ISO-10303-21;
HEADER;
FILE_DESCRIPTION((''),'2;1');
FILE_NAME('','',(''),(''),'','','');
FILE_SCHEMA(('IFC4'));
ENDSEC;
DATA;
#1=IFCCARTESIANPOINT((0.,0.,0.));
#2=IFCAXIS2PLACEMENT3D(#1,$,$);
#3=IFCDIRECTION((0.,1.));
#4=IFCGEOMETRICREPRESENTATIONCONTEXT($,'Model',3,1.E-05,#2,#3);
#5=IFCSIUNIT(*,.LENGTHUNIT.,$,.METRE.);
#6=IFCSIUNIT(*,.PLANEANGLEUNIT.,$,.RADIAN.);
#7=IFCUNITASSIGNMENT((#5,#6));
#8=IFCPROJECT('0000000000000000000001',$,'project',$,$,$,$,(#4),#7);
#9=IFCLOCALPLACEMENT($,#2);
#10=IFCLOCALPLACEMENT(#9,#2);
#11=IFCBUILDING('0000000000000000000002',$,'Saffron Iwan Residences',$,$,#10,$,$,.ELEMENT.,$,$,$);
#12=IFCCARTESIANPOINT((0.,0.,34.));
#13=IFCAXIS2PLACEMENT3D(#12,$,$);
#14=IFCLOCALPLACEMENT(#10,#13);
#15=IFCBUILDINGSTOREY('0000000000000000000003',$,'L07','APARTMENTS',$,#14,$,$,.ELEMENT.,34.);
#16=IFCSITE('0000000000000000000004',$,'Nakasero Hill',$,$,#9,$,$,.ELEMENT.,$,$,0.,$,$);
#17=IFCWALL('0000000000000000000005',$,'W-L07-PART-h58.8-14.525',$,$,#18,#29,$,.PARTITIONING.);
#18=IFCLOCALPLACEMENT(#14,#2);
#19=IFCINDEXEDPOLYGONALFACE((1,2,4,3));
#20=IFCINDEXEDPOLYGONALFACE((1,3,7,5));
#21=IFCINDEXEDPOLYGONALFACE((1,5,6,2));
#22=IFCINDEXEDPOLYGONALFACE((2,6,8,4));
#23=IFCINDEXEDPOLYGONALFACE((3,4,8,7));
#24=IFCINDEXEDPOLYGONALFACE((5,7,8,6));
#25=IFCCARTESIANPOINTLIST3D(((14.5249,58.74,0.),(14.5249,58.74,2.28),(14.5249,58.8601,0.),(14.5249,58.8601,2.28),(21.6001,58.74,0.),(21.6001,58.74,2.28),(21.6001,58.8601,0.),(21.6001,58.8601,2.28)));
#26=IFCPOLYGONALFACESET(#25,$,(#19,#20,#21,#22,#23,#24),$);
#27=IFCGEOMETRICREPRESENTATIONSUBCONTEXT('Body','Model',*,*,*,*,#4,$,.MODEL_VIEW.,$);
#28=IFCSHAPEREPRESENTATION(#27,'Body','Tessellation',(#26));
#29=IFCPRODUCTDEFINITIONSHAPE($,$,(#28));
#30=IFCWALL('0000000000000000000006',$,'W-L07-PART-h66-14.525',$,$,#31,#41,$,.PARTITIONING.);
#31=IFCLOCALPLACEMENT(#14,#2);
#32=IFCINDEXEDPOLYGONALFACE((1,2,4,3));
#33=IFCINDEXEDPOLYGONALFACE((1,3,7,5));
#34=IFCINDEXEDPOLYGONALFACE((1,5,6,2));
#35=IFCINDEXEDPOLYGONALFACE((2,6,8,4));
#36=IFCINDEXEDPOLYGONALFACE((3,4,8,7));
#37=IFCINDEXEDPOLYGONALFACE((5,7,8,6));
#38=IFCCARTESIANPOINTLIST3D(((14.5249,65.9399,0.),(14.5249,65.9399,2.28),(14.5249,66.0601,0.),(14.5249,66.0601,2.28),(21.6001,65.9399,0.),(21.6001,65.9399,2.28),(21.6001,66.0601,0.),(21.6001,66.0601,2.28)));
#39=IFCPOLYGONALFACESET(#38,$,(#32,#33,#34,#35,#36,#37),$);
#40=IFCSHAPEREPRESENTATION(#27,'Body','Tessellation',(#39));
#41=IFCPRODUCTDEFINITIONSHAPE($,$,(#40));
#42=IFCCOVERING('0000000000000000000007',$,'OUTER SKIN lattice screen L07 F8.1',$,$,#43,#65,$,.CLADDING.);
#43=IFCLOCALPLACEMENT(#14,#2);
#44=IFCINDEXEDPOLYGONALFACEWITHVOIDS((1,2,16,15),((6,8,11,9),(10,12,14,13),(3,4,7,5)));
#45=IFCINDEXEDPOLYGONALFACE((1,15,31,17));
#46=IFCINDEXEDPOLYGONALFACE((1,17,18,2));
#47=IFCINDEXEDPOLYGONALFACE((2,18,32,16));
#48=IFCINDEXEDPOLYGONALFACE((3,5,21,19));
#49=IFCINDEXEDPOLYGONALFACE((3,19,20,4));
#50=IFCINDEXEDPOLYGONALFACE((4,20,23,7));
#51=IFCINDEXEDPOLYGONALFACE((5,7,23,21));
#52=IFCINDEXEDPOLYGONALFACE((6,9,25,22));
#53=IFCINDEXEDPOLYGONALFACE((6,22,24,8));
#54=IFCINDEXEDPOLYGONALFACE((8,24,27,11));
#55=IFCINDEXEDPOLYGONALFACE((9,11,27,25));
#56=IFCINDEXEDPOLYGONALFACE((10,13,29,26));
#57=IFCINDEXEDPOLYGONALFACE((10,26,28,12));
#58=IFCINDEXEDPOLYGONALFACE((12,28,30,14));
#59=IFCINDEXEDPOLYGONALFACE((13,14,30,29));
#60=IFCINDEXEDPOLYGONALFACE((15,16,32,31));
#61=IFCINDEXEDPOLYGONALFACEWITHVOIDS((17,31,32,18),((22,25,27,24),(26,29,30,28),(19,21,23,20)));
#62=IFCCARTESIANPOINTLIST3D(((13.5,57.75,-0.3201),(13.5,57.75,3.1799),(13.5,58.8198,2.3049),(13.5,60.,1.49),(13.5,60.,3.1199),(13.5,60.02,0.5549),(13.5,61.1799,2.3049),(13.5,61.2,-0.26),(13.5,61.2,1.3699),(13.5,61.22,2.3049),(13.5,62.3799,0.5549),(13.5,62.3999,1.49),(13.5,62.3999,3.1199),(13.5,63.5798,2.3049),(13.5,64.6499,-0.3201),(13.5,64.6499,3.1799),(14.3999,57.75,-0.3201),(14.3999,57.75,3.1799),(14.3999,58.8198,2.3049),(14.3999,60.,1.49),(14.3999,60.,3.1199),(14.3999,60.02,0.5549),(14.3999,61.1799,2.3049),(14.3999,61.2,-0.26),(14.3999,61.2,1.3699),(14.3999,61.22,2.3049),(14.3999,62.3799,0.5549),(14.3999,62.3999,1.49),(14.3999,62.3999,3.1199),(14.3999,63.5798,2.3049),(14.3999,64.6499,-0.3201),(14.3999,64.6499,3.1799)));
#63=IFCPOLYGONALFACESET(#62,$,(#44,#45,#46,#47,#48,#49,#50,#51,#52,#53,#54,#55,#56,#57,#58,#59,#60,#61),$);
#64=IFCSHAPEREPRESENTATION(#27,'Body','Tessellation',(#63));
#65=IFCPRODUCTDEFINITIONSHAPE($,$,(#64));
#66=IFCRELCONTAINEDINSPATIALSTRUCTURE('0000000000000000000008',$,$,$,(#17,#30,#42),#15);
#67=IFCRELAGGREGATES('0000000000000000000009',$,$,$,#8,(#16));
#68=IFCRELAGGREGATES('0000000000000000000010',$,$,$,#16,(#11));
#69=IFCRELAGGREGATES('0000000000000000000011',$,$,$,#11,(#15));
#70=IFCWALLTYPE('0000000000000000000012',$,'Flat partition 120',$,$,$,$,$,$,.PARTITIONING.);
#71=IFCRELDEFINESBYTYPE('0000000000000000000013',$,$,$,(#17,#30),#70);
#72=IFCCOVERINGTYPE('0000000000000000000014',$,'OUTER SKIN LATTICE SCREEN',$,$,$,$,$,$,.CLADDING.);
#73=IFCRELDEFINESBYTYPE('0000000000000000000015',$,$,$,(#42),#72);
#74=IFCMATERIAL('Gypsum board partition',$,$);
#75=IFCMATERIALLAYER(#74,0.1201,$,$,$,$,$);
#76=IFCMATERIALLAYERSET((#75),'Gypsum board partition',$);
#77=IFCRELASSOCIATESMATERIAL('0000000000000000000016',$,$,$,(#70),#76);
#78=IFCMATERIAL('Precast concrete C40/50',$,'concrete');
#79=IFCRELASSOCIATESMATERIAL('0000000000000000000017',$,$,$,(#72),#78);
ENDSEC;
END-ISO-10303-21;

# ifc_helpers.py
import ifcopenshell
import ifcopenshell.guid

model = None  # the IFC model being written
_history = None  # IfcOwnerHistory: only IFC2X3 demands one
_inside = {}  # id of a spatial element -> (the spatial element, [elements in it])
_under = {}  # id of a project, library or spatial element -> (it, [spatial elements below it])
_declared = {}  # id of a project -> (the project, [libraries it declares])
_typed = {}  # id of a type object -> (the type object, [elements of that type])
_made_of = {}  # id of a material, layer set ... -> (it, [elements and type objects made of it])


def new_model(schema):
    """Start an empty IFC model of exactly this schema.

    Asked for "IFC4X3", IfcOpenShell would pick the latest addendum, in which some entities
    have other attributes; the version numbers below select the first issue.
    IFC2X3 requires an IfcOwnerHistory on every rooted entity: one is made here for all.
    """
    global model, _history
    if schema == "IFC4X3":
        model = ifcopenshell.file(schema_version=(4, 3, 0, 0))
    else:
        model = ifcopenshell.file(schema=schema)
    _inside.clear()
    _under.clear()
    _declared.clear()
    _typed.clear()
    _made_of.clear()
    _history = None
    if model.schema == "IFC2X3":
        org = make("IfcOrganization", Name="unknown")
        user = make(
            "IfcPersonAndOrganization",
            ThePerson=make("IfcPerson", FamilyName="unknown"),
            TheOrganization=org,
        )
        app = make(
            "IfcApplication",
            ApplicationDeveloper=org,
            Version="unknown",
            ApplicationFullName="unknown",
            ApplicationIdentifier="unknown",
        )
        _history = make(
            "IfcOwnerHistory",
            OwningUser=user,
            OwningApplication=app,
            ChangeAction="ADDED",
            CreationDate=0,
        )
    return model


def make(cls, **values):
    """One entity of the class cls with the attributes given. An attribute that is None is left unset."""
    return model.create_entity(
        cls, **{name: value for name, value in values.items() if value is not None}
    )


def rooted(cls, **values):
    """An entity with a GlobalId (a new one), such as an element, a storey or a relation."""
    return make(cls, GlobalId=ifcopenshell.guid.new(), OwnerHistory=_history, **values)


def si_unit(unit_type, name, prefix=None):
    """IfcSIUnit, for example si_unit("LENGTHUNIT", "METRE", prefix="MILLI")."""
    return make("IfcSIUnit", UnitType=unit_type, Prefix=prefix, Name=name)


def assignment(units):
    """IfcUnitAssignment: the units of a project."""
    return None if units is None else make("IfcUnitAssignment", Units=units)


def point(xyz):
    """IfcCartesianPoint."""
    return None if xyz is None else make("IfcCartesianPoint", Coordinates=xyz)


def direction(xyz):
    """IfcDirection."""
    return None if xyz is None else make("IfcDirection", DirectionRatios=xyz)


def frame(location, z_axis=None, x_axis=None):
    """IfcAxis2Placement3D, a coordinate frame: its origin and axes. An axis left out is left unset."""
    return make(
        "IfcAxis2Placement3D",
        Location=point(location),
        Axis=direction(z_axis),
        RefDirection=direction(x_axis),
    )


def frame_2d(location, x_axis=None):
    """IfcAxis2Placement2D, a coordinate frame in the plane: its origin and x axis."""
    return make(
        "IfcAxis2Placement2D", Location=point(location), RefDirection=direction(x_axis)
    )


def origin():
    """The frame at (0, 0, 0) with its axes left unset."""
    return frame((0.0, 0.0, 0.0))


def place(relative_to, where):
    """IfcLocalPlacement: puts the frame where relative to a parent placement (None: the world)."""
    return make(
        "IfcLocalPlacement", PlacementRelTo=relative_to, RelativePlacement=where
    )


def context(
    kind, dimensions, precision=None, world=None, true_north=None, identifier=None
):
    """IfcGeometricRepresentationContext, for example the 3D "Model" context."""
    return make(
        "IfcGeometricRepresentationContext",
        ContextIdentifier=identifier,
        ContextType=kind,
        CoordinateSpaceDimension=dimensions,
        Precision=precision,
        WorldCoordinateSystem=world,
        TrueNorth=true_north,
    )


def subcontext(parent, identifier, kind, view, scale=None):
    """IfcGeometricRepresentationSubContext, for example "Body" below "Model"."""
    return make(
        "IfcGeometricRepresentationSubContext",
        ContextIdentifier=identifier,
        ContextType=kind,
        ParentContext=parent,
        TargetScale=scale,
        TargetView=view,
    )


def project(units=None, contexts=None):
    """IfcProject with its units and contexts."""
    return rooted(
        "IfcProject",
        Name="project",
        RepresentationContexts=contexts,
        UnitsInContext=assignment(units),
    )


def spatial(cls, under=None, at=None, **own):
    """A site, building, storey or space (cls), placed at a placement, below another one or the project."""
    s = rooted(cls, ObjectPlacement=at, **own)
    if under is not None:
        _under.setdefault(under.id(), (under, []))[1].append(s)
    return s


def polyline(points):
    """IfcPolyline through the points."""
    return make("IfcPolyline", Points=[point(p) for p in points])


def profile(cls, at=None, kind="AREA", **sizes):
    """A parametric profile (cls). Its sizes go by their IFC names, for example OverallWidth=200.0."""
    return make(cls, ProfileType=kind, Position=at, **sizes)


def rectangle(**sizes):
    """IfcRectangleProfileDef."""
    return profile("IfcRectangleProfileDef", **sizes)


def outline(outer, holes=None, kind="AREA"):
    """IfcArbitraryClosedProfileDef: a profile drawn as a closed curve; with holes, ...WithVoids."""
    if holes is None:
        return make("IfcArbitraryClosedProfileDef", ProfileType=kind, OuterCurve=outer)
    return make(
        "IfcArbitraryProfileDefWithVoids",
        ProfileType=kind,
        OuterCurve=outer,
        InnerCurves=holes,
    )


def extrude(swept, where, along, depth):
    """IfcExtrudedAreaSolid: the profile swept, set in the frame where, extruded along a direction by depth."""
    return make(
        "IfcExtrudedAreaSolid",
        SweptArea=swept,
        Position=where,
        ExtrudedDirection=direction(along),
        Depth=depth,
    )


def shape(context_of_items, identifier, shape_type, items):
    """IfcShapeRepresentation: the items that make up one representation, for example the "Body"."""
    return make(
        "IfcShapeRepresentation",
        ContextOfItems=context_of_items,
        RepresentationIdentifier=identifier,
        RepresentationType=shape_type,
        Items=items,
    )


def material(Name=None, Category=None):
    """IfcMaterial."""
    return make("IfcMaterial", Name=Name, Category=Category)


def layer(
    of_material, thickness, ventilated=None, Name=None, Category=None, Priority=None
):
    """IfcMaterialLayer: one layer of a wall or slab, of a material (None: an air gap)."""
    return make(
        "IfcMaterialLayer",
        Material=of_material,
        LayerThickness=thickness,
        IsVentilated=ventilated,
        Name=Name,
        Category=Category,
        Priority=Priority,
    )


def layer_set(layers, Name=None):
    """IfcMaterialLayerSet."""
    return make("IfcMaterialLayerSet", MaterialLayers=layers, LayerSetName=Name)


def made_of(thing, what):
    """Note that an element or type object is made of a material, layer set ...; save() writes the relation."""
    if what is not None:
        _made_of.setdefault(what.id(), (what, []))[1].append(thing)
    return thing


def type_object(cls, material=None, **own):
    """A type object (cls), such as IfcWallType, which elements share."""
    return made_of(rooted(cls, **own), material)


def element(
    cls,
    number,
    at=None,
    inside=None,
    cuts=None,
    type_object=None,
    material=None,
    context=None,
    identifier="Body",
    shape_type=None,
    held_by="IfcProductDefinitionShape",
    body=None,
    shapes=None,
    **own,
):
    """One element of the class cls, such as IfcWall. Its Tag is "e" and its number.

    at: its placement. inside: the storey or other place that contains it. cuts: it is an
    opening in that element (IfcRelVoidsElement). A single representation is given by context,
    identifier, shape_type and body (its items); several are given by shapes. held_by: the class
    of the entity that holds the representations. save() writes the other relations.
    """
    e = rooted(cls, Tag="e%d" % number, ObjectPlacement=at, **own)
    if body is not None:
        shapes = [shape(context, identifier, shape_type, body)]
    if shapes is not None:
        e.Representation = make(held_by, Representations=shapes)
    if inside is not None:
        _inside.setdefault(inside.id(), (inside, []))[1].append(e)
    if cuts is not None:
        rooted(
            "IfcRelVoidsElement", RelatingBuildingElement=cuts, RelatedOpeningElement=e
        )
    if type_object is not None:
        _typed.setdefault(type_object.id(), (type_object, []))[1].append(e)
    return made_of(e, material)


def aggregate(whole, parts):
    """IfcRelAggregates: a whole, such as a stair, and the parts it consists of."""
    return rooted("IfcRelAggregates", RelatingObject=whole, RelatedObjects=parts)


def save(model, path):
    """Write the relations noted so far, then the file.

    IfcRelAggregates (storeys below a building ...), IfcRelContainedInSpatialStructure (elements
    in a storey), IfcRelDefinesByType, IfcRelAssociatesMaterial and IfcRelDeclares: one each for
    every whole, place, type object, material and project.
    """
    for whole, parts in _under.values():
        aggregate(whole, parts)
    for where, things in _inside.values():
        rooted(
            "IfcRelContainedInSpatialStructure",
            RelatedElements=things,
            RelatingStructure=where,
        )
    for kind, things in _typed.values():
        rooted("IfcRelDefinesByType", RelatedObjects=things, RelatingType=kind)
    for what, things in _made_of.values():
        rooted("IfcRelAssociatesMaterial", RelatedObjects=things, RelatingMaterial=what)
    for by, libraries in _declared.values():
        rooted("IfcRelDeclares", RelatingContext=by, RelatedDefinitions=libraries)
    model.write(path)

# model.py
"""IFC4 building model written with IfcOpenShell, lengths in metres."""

from ifc_helpers import new_model, si_unit, direction, frame, frame_2d, origin, place, context, subcontext, project, spatial, polyline, rectangle, outline, extrude, material, layer, layer_set, type_object, element, save


model = new_model("IFC4")

# Units and contexts
model_context = context("Model", 3, precision=1e-05, world=origin(), true_north=direction((0.0, 1.0)))
body_context = subcontext(model_context, "Body", "Model", "MODEL_VIEW")
ifc_project = project(units=[si_unit("LENGTHUNIT", "METRE"), si_unit("PLANEANGLEUNIT", "RADIAN")], contexts=[model_context])

# Site, building, storey
site_placement = place(None, origin())
site = spatial("IfcSite", under=ifc_project, at=site_placement, Name="Nakasero Hill", CompositionType="ELEMENT", RefElevation=0.0)
building_placement = place(site_placement, origin())
building = spatial("IfcBuilding", under=site, at=building_placement, Name="Saffron Iwan Residences", CompositionType="ELEMENT")
storey_placement = place(building_placement, frame((0.0, 0.0, 34.0)))
storey = spatial("IfcBuildingStorey", under=building, at=storey_placement, Name="L07", Description="APARTMENTS", CompositionType="ELEMENT", Elevation=34.0)

# Walls
ifc_material_1 = material(Name="Gypsum board partition")
ifc_layer_1 = layer(ifc_material_1, 0.1201)
ifc_layer_set_1 = layer_set([ifc_layer_1], Name="Gypsum board partition")
wall_type_1 = type_object("IfcWallType", Name="Flat partition 120", PredefinedType="PARTITIONING", material=ifc_layer_set_1)
for number, where, z_axis, x_axis, name in (
    (1, (14.5249, 58.8, 0.0), (0.0, 0.0, 1.0), (1.0, 0.0, 0.0), "W-L07-PART-h58.8-14.525"),
    (2, (14.5249, 66.0, 0.0), (0.0, 0.0, 1.0), (1.0, 0.0, 0.0), "W-L07-PART-h66-14.525"),
):
    element("IfcWall", number, at=place(storey_placement, frame(where, z_axis=z_axis, x_axis=x_axis)), inside=storey, type_object=wall_type_1, Name=name, PredefinedType="PARTITIONING", context=body_context, shape_type="SweptSolid", body=[
        extrude(rectangle(XDim=7.0752, YDim=0.1201, at=frame_2d((3.5376, 0.0))), origin(), (0.0, 0.0, 1.0), 2.28),
    ])

# Covering
ifc_material_2 = material(Name="Precast concrete C40/50", Category="concrete")
covering_type = type_object("IfcCoveringType", Name="OUTER SKIN LATTICE SCREEN", PredefinedType="CLADDING", material=ifc_material_2)
covering_placement = place(storey_placement, frame((14.3999, 64.6499, -0.3201), z_axis=(-1.0, 0.0, 0.0), x_axis=(0.0, -1.0, 0.0)))
element("IfcCovering", 3, at=covering_placement, inside=storey, type_object=covering_type, Name="OUTER SKIN lattice screen L07 F8.1", PredefinedType="CLADDING", context=body_context, shape_type="SweptSolid", body=[
    extrude(outline(polyline([(0.0, 0.0), (6.8999, 0.0), (6.8999, 3.5), (0.0, 3.5), (0.0, 0.0)]), holes=[polyline([(2.27, 0.875), (3.45, 0.0601), (4.6299, 0.875), (3.45, 1.6899), (2.27, 0.875)]), polyline([(1.0701, 2.625), (2.25, 1.8101), (3.4299, 2.625), (2.25, 3.4399), (1.0701, 2.625)]), polyline([(3.47, 2.625), (4.6499, 1.8101), (5.8301, 2.625), (4.6499, 3.4399), (3.47, 2.625)])]), origin(), (0.0, 0.0, 1.0), 0.8999),
])

save(model, "model.ifc")
